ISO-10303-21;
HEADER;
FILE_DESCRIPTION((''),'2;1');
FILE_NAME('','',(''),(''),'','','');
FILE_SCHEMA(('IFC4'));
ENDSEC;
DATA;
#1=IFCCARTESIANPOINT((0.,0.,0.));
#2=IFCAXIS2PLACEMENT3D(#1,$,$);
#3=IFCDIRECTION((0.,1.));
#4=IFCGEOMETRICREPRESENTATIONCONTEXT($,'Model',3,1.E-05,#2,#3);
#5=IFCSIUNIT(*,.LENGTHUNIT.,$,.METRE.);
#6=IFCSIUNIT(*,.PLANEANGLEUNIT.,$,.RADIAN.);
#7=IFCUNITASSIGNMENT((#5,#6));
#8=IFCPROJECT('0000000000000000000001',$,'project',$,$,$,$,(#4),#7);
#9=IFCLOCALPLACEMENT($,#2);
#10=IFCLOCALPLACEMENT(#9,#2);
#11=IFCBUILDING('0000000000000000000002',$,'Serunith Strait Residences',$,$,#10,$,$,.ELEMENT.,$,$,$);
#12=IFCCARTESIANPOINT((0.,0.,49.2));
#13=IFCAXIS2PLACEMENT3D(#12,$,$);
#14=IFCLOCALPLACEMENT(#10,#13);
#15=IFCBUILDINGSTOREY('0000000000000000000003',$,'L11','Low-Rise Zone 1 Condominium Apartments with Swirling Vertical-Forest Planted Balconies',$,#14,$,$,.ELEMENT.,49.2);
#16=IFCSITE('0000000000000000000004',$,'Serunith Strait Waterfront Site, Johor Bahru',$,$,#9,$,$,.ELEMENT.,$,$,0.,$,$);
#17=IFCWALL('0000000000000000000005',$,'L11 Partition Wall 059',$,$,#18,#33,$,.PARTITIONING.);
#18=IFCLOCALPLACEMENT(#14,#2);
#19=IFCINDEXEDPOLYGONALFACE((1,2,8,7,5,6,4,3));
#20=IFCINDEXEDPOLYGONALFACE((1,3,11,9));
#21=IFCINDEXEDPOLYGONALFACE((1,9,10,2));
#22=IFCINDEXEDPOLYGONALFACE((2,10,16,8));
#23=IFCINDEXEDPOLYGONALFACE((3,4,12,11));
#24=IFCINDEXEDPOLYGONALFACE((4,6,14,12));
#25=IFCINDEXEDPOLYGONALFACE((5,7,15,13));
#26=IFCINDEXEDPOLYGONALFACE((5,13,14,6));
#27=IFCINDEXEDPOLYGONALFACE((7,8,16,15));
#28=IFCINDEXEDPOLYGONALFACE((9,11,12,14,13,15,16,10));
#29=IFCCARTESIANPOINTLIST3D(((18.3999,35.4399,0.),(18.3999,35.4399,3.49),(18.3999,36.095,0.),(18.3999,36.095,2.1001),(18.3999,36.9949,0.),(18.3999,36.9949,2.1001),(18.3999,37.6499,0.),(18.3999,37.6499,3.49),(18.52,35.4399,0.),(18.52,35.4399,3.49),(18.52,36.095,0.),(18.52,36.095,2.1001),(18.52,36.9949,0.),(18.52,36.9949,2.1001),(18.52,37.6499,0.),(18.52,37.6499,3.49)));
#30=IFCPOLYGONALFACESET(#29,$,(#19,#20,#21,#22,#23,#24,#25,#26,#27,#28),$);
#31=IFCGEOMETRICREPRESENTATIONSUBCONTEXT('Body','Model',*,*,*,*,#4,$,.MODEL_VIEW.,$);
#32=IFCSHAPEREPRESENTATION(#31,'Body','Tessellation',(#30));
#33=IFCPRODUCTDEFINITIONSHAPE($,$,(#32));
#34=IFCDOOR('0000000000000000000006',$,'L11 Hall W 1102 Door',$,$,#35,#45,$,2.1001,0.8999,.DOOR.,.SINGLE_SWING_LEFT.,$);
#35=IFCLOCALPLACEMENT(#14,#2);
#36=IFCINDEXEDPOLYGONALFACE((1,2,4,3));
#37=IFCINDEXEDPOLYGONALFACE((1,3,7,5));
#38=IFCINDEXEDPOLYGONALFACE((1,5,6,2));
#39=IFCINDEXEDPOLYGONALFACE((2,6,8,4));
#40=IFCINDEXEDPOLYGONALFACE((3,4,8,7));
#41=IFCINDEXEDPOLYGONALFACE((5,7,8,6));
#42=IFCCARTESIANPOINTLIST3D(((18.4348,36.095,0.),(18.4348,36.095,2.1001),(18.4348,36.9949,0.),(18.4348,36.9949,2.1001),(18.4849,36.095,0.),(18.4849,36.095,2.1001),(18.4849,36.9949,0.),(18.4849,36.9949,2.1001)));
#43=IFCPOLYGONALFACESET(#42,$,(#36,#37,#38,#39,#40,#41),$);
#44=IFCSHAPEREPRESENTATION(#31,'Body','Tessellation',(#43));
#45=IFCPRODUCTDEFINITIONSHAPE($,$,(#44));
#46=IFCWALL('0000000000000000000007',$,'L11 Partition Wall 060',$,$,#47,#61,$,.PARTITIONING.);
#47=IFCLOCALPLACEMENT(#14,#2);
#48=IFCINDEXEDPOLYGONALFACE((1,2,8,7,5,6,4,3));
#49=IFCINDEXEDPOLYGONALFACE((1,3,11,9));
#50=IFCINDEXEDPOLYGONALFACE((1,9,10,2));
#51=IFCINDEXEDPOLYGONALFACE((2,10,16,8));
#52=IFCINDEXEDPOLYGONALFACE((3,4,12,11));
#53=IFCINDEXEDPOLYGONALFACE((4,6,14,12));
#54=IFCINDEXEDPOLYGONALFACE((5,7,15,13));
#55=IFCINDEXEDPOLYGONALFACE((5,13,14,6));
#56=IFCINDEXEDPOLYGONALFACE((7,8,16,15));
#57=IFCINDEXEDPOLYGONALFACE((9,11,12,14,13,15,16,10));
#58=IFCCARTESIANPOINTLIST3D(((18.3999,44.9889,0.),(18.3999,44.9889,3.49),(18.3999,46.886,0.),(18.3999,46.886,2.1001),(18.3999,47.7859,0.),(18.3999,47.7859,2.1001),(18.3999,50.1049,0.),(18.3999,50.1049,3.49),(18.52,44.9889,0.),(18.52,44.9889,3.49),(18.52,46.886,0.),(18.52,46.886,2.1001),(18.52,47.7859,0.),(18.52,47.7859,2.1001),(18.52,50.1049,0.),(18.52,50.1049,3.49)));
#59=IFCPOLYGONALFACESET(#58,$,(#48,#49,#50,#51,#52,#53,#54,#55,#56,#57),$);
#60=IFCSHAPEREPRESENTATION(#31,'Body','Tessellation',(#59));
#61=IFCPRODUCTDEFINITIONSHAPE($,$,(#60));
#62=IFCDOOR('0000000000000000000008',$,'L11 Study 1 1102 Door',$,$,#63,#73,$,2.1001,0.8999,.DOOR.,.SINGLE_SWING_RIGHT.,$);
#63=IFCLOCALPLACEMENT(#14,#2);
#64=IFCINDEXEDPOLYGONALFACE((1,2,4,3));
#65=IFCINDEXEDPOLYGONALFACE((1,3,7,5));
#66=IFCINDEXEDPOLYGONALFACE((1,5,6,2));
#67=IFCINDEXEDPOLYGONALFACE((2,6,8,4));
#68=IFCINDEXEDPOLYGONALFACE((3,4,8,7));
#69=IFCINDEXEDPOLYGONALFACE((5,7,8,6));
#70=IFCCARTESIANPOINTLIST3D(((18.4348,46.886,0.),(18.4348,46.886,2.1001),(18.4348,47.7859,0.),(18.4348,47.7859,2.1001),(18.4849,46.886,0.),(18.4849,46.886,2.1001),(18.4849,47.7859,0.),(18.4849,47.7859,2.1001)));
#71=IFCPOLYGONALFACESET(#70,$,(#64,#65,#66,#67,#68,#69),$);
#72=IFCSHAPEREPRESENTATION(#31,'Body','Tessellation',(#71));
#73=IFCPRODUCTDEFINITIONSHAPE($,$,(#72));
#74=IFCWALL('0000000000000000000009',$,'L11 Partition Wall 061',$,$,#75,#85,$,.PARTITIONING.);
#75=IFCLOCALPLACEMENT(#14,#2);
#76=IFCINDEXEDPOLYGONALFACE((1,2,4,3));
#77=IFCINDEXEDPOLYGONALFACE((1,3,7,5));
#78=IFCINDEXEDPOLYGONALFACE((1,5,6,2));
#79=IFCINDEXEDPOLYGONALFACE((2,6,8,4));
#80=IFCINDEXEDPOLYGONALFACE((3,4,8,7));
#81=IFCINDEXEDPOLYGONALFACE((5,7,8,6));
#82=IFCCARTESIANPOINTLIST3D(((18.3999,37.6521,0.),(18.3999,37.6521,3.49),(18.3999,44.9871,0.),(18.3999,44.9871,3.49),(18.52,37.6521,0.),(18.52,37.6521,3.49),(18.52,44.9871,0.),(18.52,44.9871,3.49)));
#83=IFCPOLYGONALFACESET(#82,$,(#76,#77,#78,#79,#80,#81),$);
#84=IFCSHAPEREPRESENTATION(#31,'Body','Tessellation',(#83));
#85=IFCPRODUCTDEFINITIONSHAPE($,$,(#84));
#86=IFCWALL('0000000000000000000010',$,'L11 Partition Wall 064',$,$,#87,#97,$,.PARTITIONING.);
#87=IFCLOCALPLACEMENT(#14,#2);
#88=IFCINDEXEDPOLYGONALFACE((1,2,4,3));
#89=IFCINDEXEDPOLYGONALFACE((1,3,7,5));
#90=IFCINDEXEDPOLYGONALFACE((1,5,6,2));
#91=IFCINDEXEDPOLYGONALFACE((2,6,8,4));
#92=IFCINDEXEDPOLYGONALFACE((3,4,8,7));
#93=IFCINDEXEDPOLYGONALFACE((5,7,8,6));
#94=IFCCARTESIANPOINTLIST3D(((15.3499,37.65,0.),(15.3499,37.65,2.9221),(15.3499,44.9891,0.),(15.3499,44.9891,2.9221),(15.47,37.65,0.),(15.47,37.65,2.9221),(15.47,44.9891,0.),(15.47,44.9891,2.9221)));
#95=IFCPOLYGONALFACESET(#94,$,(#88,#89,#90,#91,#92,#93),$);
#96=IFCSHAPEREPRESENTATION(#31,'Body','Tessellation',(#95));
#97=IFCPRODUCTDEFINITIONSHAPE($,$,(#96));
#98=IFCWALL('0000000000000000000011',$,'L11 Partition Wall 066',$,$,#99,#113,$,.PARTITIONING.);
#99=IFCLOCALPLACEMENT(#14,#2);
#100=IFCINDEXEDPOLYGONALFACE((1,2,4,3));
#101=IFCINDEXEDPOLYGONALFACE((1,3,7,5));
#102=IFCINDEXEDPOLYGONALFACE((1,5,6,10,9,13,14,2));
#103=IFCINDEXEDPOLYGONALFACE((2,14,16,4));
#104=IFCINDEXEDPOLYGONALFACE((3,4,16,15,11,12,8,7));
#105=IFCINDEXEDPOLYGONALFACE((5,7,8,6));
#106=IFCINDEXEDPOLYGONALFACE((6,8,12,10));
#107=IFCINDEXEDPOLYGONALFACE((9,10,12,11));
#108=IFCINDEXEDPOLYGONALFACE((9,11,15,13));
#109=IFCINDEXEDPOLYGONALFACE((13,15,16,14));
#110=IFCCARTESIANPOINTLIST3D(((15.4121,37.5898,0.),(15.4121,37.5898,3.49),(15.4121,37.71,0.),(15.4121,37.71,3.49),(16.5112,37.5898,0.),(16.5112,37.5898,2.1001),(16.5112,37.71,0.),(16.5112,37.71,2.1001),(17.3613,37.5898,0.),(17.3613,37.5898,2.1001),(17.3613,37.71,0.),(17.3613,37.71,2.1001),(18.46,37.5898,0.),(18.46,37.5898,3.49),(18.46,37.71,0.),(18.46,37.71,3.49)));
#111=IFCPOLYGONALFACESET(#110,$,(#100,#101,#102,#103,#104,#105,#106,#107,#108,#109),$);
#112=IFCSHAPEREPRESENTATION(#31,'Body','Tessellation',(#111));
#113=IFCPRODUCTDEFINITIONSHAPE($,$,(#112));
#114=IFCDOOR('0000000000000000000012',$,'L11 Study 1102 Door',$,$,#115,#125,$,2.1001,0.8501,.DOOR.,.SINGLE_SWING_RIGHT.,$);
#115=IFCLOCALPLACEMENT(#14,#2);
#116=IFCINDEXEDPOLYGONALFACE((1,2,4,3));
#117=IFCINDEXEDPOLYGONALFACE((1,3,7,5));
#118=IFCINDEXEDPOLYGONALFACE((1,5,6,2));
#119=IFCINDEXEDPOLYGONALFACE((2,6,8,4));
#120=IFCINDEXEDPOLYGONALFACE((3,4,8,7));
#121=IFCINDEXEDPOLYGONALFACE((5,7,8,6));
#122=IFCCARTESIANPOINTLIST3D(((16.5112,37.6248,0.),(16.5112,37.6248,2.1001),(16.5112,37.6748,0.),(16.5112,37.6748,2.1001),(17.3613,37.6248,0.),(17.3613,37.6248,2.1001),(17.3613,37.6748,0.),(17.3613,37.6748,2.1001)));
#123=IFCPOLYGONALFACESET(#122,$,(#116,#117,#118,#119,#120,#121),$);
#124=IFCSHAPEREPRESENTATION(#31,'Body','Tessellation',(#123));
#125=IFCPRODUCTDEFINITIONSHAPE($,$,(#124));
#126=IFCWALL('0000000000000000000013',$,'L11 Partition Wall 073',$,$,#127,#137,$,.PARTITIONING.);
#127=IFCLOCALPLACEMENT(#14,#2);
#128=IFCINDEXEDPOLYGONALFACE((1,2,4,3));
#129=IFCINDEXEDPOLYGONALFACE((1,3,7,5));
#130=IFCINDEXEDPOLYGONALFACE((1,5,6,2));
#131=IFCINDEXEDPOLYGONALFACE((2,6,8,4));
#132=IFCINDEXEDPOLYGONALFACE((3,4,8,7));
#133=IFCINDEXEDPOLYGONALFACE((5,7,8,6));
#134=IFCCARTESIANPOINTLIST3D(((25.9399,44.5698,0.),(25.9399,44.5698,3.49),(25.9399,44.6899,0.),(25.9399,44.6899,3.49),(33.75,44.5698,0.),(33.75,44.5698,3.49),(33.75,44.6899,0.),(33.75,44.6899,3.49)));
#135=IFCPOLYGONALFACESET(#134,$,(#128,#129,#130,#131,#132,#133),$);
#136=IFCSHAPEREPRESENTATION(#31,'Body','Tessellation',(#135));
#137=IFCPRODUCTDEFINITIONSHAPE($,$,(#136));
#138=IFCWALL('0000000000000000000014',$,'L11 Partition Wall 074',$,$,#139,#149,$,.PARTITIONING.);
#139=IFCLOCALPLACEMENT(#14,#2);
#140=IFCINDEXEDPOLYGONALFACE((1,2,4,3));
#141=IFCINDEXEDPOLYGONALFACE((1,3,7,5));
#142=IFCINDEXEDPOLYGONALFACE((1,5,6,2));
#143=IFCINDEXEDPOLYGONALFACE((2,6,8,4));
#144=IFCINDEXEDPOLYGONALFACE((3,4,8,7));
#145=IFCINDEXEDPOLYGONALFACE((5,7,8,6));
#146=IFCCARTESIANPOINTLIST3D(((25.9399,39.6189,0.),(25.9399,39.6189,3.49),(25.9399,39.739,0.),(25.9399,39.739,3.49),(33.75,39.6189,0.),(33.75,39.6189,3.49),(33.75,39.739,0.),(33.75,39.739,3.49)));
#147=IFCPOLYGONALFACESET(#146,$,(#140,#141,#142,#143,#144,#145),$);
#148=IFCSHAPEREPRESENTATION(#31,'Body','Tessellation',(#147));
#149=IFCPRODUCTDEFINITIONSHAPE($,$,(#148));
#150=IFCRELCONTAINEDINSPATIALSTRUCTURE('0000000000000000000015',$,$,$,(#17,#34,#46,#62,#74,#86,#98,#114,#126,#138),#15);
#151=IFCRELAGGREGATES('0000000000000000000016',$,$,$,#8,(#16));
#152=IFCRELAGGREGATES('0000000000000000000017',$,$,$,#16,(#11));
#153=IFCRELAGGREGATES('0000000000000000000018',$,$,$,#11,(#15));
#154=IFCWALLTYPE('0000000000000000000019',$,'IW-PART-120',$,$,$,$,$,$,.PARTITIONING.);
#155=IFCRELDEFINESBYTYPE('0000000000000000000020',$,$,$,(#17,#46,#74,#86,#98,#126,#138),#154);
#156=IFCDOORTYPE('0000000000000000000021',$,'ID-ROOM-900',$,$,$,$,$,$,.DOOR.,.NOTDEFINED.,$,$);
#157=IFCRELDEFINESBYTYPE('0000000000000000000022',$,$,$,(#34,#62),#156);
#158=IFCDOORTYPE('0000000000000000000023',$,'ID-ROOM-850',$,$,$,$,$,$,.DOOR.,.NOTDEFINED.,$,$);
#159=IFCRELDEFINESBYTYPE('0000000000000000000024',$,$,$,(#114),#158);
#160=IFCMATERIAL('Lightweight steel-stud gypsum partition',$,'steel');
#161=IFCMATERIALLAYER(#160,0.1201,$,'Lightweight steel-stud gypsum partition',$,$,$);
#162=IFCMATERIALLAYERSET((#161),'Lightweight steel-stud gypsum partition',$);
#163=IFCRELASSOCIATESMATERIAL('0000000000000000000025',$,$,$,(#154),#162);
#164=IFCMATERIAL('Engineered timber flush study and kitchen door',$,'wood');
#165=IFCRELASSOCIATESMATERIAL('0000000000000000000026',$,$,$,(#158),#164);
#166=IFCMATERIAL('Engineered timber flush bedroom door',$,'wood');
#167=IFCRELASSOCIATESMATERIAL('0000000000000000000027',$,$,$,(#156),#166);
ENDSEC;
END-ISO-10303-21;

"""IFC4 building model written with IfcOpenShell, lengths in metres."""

from ifc_helpers import new_model, si_unit, direction, frame, frame_2d, origin, place, context, subcontext, project, spatial, rectangle, extrude, source, transform, mapped, material, layer, layer_set, type_object, element, fill, save


model = new_model("IFC4")

# Units and contexts
model_context = context("Model", 3, precision=1e-05, world=origin(), true_north=direction((0.0, 1.0)))
body_context = subcontext(model_context, "Body", "Model", "MODEL_VIEW")
ifc_project = project(units=[si_unit("LENGTHUNIT", "METRE"), si_unit("PLANEANGLEUNIT", "RADIAN")], contexts=[model_context])

# Site, building, storey
site_placement = place(None, origin())
site = spatial("IfcSite", under=ifc_project, at=site_placement, Name="Serunith Strait Waterfront Site, Johor Bahru", CompositionType="ELEMENT", RefElevation=0.0)
building_placement = place(site_placement, origin())
building = spatial("IfcBuilding", under=site, at=building_placement, Name="Serunith Strait Residences", CompositionType="ELEMENT")
storey_placement = place(building_placement, frame((0.0, 0.0, 49.2)))
storey = spatial("IfcBuildingStorey", under=building, at=storey_placement, Name="L11", Description="Low-Rise Zone 1 Condominium Apartments with Swirling Vertical-Forest Planted Balconies", CompositionType="ELEMENT", Elevation=49.2)

# Shared definitions
ifc_material_1 = material(Name="Lightweight steel-stud gypsum partition", Category="steel")
ifc_layer_1 = layer(ifc_material_1, 0.1201, Name="Lightweight steel-stud gypsum partition")
ifc_layer_set_1 = layer_set([ifc_layer_1], Name="Lightweight steel-stud gypsum partition")
wall_type = type_object("IfcWallType", Name="IW-PART-120", PredefinedType="PARTITIONING", material=ifc_layer_set_1)
ifc_material_2 = material(Name="Engineered timber flush study and kitchen door", Category="wood")
door_type_1 = type_object("IfcDoorType", Name="ID-ROOM-850", OperationType="NOTDEFINED", PredefinedType="DOOR", material=ifc_material_2)
shared_shape_1 = source(origin(), body_context, "Body", "SweptSolid", [
    extrude(rectangle(XDim=0.8501, YDim=2.1001, at=frame_2d((0.425, 1.05))), frame((0.0, 0.0249, 0.0), z_axis=(0.0, -1.0, 0.0), x_axis=(1.0, 0.0, 0.0)), (0.0, 0.0, 1.0), 0.05),
])

# Walls, openings, doors
wall_1_placement = place(storey_placement, frame((18.46, 37.6499, 0.0), z_axis=(0.0, 0.0, 1.0), x_axis=(0.0, -1.0, 0.0)))
wall_1 = element("IfcWall", 1, at=wall_1_placement, inside=storey, type_object=wall_type, Name="L11 Partition Wall 059", PredefinedType="PARTITIONING", context=body_context, shape_type="SweptSolid", body=[
    extrude(rectangle(XDim=2.21, YDim=0.1201, at=frame_2d((1.105, 0.0))), origin(), (0.0, 0.0, 1.0), 3.49),
])
opening_1_placement = place(wall_1_placement, frame((0.655, 0.0, 0.0)))
opening_1 = element("IfcOpeningElement", 2, at=opening_1_placement, cuts=wall_1, PredefinedType="OPENING", context=body_context, shape_type="SweptSolid", body=[
    extrude(rectangle(XDim=0.8999, YDim=2.1001, at=frame_2d((0.45, 1.05))), frame((0.0, 0.0701, 0.0), z_axis=(0.0, -1.0, 0.0), x_axis=(1.0, 0.0, 0.0)), (0.0, 0.0, 1.0), 0.1401),
])
ifc_material_3 = material(Name="Engineered timber flush bedroom door", Category="wood")
door_type_2 = type_object("IfcDoorType", Name="ID-ROOM-900", OperationType="NOTDEFINED", PredefinedType="DOOR", material=ifc_material_3)
shared_shape_2 = source(origin(), body_context, "Body", "SweptSolid", [
    extrude(rectangle(XDim=0.8999, YDim=2.1001, at=frame_2d((0.45, 1.05))), frame((0.0, 0.0249, 0.0), z_axis=(0.0, -1.0, 0.0), x_axis=(1.0, 0.0, 0.0)), (0.0, 0.0, 1.0), 0.05),
])
door_1_placement = place(opening_1_placement, origin())
door_1 = element("IfcDoor", 3, at=door_1_placement, inside=storey, type_object=door_type_2, Name="L11 Hall W 1102 Door", OperationType="SINGLE_SWING_LEFT", OverallHeight=2.1001, OverallWidth=0.8999, PredefinedType="DOOR", context=body_context, shape_type="MappedRepresentation", body=[
    mapped(shared_shape_2, transform((0.0, 0.0, 0.0), scale=1.0)),
])
fill(opening_1, door_1)
wall_2_placement = place(storey_placement, frame((18.46, 50.105, 0.0), z_axis=(0.0, 0.0, 1.0), x_axis=(0.0, -1.0, 0.0)))
wall_2 = element("IfcWall", 4, at=wall_2_placement, inside=storey, type_object=wall_type, Name="L11 Partition Wall 060", PredefinedType="PARTITIONING", context=body_context, shape_type="SweptSolid", body=[
    extrude(rectangle(XDim=5.116, YDim=0.1201, at=frame_2d((2.5581, 0.0))), origin(), (0.0, 0.0, 1.0), 3.49),
])
opening_2_placement = place(wall_2_placement, frame((2.3191, 0.0, 0.0)))
opening_2 = element("IfcOpeningElement", 5, at=opening_2_placement, cuts=wall_2, PredefinedType="OPENING", context=body_context, shape_type="SweptSolid", body=[
    extrude(rectangle(XDim=0.8999, YDim=2.1001, at=frame_2d((0.45, 1.05))), frame((0.0, 0.0701, 0.0), z_axis=(0.0, -1.0, 0.0), x_axis=(1.0, 0.0, 0.0)), (0.0, 0.0, 1.0), 0.1401),
])
door_2_placement = place(opening_2_placement, origin())
door_2 = element("IfcDoor", 6, at=door_2_placement, inside=storey, type_object=door_type_2, Name="L11 Study 1 1102 Door", OperationType="SINGLE_SWING_RIGHT", OverallHeight=2.1001, OverallWidth=0.8999, PredefinedType="DOOR", context=body_context, shape_type="MappedRepresentation", body=[
    mapped(shared_shape_2, transform((0.0, 0.0, 0.0), scale=1.0)),
])
fill(opening_2, door_2)

# Walls
wall_3_placement = place(storey_placement, frame((18.46, 44.9871, 0.0), z_axis=(0.0, 0.0, 1.0), x_axis=(0.0, -1.0, 0.0)))
element("IfcWall", 7, at=wall_3_placement, inside=storey, type_object=wall_type, Name="L11 Partition Wall 061", PredefinedType="PARTITIONING", context=body_context, shape_type="SweptSolid", body=[
    extrude(rectangle(XDim=7.335, YDim=0.1201, at=frame_2d((3.6675, 0.0))), origin(), (0.0, 0.0, 1.0), 3.49),
])
wall_4_placement = place(storey_placement, frame((15.4099, 44.989, 0.0), z_axis=(0.0, 0.0, 1.0), x_axis=(0.0, -1.0, 0.0)))
element("IfcWall", 8, at=wall_4_placement, inside=storey, type_object=wall_type, Name="L11 Partition Wall 064", PredefinedType="PARTITIONING", context=body_context, shape_type="SweptSolid", body=[
    extrude(rectangle(XDim=7.3391, YDim=0.1201, at=frame_2d((3.6694, 0.0))), origin(), (0.0, 0.0, 1.0), 2.9221),
])

# Wall, opening, door
wall_5_placement = place(storey_placement, frame((15.4121, 37.6499, 0.0), z_axis=(0.0, 0.0, 1.0), x_axis=(1.0, 0.0, 0.0)))
wall_5 = element("IfcWall", 9, at=wall_5_placement, inside=storey, type_object=wall_type, Name="L11 Partition Wall 066", PredefinedType="PARTITIONING", context=body_context, shape_type="SweptSolid", body=[
    extrude(rectangle(XDim=3.0479, YDim=0.1201, at=frame_2d((1.5239, 0.0))), origin(), (0.0, 0.0, 1.0), 3.49),
])
opening_3_placement = place(wall_5_placement, frame((1.0991, 0.0, 0.0)))
opening_3 = element("IfcOpeningElement", 10, at=opening_3_placement, cuts=wall_5, PredefinedType="OPENING", context=body_context, shape_type="SweptSolid", body=[
    extrude(rectangle(XDim=0.8501, YDim=2.1001, at=frame_2d((0.425, 1.05))), frame((0.0, 0.0701, 0.0), z_axis=(0.0, -1.0, 0.0), x_axis=(1.0, 0.0, 0.0)), (0.0, 0.0, 1.0), 0.1401),
])
door_3_placement = place(opening_3_placement, origin())
door_3 = element("IfcDoor", 11, at=door_3_placement, inside=storey, type_object=door_type_1, Name="L11 Study 1102 Door", OperationType="SINGLE_SWING_RIGHT", OverallHeight=2.1001, OverallWidth=0.8501, PredefinedType="DOOR", context=body_context, shape_type="MappedRepresentation", body=[
    mapped(shared_shape_1, transform((0.0, 0.0, 0.0), scale=1.0)),
])
fill(opening_3, door_3)

# Walls
for number, where, z_axis, x_axis, name in (
    (12, (25.9399, 44.6299, 0.0), (0.0, 0.0, 1.0), (1.0, 0.0, 0.0), "L11 Partition Wall 073"),
    (13, (25.9399, 39.679, 0.0), (0.0, 0.0, 1.0), (1.0, 0.0, 0.0), "L11 Partition Wall 074"),
):
    element("IfcWall", number, at=place(storey_placement, frame(where, z_axis=z_axis, x_axis=x_axis)), inside=storey, type_object=wall_type, Name=name, PredefinedType="PARTITIONING", context=body_context, shape_type="SweptSolid", body=[
        extrude(rectangle(XDim=7.8101, YDim=0.1201, at=frame_2d((3.905, 0.0))), origin(), (0.0, 0.0, 1.0), 3.49),
    ])

save(model, "model.ifc")
